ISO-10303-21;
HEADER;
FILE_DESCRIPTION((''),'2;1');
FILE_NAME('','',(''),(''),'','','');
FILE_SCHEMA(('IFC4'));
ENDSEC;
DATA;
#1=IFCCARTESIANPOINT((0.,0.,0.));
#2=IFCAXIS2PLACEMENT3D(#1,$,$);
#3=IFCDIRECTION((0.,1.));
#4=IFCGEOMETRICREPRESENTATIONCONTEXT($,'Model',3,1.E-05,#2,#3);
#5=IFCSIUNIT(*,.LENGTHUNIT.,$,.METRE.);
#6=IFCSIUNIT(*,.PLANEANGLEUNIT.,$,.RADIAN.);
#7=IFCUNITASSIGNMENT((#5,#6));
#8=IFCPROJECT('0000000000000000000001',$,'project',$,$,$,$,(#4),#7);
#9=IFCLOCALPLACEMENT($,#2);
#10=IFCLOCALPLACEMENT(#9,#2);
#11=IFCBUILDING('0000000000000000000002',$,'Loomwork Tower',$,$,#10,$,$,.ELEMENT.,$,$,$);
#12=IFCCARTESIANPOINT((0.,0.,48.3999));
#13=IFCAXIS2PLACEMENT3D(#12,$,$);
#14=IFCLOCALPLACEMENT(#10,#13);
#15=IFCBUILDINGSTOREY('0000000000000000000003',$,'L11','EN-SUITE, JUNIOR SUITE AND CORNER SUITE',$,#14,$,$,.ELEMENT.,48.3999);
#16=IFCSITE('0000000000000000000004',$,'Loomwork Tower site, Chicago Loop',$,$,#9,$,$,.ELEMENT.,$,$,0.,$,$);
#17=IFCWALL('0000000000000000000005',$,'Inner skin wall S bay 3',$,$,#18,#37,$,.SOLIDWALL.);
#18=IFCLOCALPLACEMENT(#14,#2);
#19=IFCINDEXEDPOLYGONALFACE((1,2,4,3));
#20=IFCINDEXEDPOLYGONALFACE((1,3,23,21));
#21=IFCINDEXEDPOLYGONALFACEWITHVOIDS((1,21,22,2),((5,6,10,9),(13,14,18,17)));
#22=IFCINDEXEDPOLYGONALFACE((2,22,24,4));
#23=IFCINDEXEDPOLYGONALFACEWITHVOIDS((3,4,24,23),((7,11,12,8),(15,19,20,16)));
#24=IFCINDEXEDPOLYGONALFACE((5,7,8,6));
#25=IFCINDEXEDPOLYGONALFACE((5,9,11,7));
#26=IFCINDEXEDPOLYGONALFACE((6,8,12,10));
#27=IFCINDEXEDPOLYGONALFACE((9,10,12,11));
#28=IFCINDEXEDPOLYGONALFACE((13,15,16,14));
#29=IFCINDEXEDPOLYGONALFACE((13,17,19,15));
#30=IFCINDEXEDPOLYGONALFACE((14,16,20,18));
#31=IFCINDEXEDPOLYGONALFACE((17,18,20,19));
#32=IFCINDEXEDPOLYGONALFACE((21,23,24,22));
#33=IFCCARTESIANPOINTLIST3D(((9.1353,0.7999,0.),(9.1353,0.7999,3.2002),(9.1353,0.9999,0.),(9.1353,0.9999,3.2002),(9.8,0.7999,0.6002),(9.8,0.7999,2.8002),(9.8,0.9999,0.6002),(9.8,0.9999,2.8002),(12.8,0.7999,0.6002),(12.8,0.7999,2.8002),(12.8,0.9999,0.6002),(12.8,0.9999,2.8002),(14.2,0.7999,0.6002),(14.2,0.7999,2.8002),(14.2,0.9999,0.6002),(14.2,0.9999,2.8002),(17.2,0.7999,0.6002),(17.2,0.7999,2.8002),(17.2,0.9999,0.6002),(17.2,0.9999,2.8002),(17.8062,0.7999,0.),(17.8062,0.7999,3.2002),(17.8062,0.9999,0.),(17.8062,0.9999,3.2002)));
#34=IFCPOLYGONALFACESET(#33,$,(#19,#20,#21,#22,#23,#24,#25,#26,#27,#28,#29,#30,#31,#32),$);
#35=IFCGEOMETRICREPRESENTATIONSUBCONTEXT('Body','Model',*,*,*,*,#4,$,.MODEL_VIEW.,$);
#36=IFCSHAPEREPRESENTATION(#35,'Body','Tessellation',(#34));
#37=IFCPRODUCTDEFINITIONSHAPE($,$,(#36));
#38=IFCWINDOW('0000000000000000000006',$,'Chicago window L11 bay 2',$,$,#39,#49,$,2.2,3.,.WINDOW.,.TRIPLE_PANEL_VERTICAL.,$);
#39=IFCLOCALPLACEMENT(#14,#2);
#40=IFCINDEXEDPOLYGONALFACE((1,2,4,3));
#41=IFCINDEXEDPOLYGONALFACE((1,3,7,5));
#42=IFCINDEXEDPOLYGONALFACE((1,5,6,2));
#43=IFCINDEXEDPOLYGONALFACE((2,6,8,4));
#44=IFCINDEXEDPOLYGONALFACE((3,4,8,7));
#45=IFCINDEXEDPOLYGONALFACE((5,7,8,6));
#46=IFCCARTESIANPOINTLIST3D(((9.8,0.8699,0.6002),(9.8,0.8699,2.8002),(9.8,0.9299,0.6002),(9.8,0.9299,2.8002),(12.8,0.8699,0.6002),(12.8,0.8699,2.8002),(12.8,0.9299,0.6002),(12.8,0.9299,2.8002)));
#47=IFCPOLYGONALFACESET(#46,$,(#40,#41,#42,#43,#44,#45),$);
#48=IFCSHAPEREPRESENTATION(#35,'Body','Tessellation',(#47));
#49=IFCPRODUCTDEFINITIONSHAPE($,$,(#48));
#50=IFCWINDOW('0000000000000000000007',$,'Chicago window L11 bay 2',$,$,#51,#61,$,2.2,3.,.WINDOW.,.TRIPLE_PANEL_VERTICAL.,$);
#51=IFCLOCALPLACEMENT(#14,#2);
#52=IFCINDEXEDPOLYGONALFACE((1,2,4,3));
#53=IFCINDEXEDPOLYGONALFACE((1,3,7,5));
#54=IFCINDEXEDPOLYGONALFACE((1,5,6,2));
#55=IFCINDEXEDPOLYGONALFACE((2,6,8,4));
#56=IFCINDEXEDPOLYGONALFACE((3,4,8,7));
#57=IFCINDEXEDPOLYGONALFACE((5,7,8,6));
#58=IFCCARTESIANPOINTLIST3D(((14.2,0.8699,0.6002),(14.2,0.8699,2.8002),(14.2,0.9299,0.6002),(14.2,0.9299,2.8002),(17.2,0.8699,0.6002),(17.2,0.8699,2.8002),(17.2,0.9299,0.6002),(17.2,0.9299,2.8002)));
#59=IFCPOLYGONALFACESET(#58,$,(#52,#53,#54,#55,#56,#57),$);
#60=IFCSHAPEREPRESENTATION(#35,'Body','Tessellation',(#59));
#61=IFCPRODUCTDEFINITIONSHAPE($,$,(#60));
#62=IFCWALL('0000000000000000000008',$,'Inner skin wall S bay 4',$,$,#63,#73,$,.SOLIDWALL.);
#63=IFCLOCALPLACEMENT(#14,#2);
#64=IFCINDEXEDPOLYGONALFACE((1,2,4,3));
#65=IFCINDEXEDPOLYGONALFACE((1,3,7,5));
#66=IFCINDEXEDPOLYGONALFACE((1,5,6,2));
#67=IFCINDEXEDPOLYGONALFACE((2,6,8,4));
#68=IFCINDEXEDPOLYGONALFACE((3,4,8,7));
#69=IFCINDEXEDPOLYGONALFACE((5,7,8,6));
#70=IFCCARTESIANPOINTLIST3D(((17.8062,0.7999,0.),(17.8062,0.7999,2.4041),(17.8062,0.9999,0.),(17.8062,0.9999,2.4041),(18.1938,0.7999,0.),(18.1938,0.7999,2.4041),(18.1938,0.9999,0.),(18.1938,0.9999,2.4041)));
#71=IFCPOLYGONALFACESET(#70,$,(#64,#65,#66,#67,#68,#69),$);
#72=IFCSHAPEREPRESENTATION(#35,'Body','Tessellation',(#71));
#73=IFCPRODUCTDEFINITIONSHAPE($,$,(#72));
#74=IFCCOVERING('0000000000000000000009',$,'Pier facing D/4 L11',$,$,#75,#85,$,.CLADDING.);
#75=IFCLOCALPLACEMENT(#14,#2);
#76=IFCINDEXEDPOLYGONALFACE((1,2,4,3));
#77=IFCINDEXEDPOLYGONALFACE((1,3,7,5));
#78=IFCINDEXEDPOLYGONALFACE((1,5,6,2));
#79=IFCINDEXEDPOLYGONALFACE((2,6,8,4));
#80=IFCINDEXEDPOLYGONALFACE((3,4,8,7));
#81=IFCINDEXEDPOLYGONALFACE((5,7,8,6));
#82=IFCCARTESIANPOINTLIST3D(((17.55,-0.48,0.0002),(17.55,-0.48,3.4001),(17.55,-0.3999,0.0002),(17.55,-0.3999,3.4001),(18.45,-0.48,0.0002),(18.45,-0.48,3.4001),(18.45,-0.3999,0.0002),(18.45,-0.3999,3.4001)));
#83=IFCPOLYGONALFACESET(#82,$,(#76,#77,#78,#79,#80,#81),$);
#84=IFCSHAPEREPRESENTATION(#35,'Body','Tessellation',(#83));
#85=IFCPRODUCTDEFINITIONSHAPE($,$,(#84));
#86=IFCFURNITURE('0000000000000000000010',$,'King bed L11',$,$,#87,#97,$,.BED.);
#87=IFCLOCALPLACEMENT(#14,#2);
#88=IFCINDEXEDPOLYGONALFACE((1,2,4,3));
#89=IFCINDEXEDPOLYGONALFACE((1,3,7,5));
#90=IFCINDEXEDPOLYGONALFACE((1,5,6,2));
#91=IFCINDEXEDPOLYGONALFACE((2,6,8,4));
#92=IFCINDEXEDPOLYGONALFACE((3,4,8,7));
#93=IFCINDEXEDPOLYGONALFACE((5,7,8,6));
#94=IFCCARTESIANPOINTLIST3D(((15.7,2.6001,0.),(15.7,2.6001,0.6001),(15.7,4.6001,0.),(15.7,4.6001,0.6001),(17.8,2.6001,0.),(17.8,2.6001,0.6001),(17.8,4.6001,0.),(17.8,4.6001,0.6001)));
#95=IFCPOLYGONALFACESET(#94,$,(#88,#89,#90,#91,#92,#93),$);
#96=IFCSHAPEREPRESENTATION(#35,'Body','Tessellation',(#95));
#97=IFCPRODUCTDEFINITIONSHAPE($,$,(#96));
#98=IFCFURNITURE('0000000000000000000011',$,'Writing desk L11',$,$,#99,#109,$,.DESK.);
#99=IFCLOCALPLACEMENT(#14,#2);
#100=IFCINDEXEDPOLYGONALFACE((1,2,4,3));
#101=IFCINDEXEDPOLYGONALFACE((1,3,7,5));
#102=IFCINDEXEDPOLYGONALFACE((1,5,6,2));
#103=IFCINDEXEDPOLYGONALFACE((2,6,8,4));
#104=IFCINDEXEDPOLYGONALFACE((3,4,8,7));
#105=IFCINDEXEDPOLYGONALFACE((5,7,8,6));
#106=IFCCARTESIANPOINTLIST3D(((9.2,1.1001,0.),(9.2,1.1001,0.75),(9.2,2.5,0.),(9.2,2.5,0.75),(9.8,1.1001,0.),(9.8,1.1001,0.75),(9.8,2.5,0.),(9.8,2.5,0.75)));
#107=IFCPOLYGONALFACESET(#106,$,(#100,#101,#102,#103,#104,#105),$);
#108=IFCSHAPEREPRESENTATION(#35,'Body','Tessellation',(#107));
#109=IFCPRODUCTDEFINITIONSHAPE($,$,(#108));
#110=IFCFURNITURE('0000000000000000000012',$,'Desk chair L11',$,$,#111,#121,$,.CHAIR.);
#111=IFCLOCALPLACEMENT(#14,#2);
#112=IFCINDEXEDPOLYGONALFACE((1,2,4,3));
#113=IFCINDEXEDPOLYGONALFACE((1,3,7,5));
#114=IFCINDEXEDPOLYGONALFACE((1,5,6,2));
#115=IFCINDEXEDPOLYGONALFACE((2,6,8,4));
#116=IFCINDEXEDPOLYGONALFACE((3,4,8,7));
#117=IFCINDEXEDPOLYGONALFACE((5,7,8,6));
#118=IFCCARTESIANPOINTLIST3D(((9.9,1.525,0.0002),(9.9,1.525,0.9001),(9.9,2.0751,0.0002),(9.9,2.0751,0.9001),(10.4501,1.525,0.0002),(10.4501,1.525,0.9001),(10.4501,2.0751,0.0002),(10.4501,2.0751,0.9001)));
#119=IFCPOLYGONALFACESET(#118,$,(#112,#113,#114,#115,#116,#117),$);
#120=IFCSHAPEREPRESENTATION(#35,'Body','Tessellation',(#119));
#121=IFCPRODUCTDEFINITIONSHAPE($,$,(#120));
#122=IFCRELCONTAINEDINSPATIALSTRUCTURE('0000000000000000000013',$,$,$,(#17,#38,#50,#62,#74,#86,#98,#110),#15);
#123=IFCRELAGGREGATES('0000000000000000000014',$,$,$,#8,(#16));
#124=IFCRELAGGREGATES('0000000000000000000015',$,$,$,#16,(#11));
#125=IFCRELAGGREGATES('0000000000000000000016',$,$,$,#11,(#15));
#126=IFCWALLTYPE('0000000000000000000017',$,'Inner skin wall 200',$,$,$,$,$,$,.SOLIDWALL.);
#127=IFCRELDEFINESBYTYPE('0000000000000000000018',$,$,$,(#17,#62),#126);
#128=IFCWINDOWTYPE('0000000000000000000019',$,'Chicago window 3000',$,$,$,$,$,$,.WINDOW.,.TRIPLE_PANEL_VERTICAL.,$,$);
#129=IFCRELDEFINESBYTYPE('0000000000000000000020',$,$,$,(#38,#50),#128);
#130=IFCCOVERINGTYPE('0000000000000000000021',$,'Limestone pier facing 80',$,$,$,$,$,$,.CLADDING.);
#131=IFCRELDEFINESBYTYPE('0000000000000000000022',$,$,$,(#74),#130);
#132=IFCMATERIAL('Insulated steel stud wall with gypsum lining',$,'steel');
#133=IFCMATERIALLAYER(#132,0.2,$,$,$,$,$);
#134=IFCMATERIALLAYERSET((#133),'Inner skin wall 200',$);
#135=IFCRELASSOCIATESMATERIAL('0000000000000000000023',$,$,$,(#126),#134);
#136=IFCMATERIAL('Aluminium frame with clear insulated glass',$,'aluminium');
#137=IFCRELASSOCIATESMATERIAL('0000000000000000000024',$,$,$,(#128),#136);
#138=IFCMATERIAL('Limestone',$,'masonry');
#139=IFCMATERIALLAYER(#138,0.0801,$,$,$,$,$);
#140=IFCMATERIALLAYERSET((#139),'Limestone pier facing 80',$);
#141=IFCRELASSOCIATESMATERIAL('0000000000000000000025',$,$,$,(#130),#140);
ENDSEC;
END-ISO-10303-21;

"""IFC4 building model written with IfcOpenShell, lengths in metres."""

from ifc_helpers import new_model, si_unit, direction, frame, frame_2d, origin, origin_2d, place, context, subcontext, project, spatial, rectangle, extrude, material, layer, layer_set, type_object, element, fill, save


model = new_model("IFC4")

# Units and contexts
model_context = context("Model", 3, precision=1e-05, world=origin(), true_north=direction((0.0, 1.0)))
body_context = subcontext(model_context, "Body", "Model", "MODEL_VIEW")
ifc_project = project(units=[si_unit("LENGTHUNIT", "METRE"), si_unit("PLANEANGLEUNIT", "RADIAN")], contexts=[model_context])

# Site, building, storey
site_placement = place(None, origin())
site = spatial("IfcSite", under=ifc_project, at=site_placement, Name="Loomwork Tower site, Chicago Loop", CompositionType="ELEMENT", RefElevation=0.0)
building_placement = place(site_placement, origin())
building = spatial("IfcBuilding", under=site, at=building_placement, Name="Loomwork Tower", CompositionType="ELEMENT")
storey_placement = place(building_placement, frame((0.0, 0.0, 48.3999)))
storey = spatial("IfcBuildingStorey", under=building, at=storey_placement, Name="L11", Description="EN-SUITE, JUNIOR SUITE AND CORNER SUITE", CompositionType="ELEMENT", Elevation=48.3999)

# Wall, openings, windows
ifc_material_1 = material(Name="Insulated steel stud wall with gypsum lining", Category="steel")
ifc_layer_1 = layer(ifc_material_1, 0.2)
ifc_layer_set_1 = layer_set([ifc_layer_1], Name="Inner skin wall 200")
wall_type = type_object("IfcWallType", Name="Inner skin wall 200", PredefinedType="SOLIDWALL", material=ifc_layer_set_1)
wall_1_placement = place(storey_placement, frame((9.1353, 0.8999, 0.0), z_axis=(0.0, 0.0, 1.0), x_axis=(1.0, 0.0, 0.0)))
wall_1 = element("IfcWall", 1, at=wall_1_placement, inside=storey, type_object=wall_type, Name="Inner skin wall S bay 3", PredefinedType="SOLIDWALL", context=body_context, shape_type="SweptSolid", body=[
    extrude(rectangle(XDim=8.6709, YDim=0.2, at=frame_2d((4.3354, 0.0))), origin(), (0.0, 0.0, 1.0), 3.2002),
])
opening_1_placement = place(wall_1_placement, frame((0.6648, 0.0, 0.6001)))
opening_1 = element("IfcOpeningElement", 2, at=opening_1_placement, cuts=wall_1, PredefinedType="OPENING", context=body_context, shape_type="SweptSolid", body=[
    extrude(rectangle(XDim=3.0, YDim=2.2, at=frame_2d((1.5, 1.1001))), frame((0.0, 0.1099, 0.0), z_axis=(0.0, -1.0, 0.0), x_axis=(1.0, 0.0, 0.0)), (0.0, 0.0, 1.0), 0.22),
])
opening_2_placement = place(wall_1_placement, frame((5.0647, 0.0, 0.6001)))
opening_2 = element("IfcOpeningElement", 3, at=opening_2_placement, cuts=wall_1, PredefinedType="OPENING", context=body_context, shape_type="SweptSolid", body=[
    extrude(rectangle(XDim=3.0, YDim=2.2, at=frame_2d((1.5, 1.1001))), frame((0.0, 0.1099, 0.0), z_axis=(0.0, -1.0, 0.0), x_axis=(1.0, 0.0, 0.0)), (0.0, 0.0, 1.0), 0.22),
])
ifc_material_2 = material(Name="Aluminium frame with clear insulated glass", Category="aluminium")
window_type = type_object("IfcWindowType", Name="Chicago window 3000", PartitioningType="TRIPLE_PANEL_VERTICAL", PredefinedType="WINDOW", material=ifc_material_2)
window_1_placement = place(opening_1_placement, origin())
window_1 = element("IfcWindow", 4, at=window_1_placement, inside=storey, type_object=window_type, Name="Chicago window L11 bay 2", OverallHeight=2.2, OverallWidth=3.0, PartitioningType="TRIPLE_PANEL_VERTICAL", PredefinedType="WINDOW", context=body_context, shape_type="SweptSolid", body=[
    extrude(rectangle(XDim=3.0, YDim=2.2, at=frame_2d((1.5, 1.1001))), frame((0.0, 0.03, 0.0), z_axis=(0.0, -1.0, 0.0), x_axis=(1.0, 0.0, 0.0)), (0.0, 0.0, 1.0), 0.0601),
])
fill(opening_1, window_1)
window_2_placement = place(opening_2_placement, origin())
window_2 = element("IfcWindow", 5, at=window_2_placement, inside=storey, type_object=window_type, Name="Chicago window L11 bay 2", OverallHeight=2.2, OverallWidth=3.0, PartitioningType="TRIPLE_PANEL_VERTICAL", PredefinedType="WINDOW", context=body_context, shape_type="SweptSolid", body=[
    extrude(rectangle(XDim=3.0, YDim=2.2, at=frame_2d((1.5, 1.1001))), frame((0.0, 0.03, 0.0), z_axis=(0.0, -1.0, 0.0), x_axis=(1.0, 0.0, 0.0)), (0.0, 0.0, 1.0), 0.0601),
])
fill(opening_2, window_2)

# Wall
wall_2_placement = place(storey_placement, frame((17.8062, 0.8999, 0.0), z_axis=(0.0, 0.0, 1.0), x_axis=(1.0, 0.0, 0.0)))
element("IfcWall", 6, at=wall_2_placement, inside=storey, type_object=wall_type, Name="Inner skin wall S bay 4", PredefinedType="SOLIDWALL", context=body_context, shape_type="SweptSolid", body=[
    extrude(rectangle(XDim=0.3877, YDim=0.2, at=frame_2d((0.1938, 0.0))), origin(), (0.0, 0.0, 1.0), 2.4041),
])

# Covering
ifc_material_3 = material(Name="Limestone", Category="masonry")
ifc_layer_2 = layer(ifc_material_3, 0.0801)
ifc_layer_set_2 = layer_set([ifc_layer_2], Name="Limestone pier facing 80")
covering_type = type_object("IfcCoveringType", Name="Limestone pier facing 80", PredefinedType="CLADDING", material=ifc_layer_set_2)
covering_placement = place(storey_placement, frame((18.0, -0.4399, 0.0002), z_axis=(0.0, 0.0, 1.0), x_axis=(1.0, 0.0, 0.0)))
element("IfcCovering", 7, at=covering_placement, inside=storey, type_object=covering_type, Name="Pier facing D/4 L11", PredefinedType="CLADDING", context=body_context, shape_type="SweptSolid", body=[
    extrude(rectangle(XDim=0.8999, YDim=0.0801, at=origin_2d()), origin(), (0.0, 0.0, 1.0), 3.3999),
])

# Furniture
furniture_1_placement = place(storey_placement, frame((16.75, 3.6001, 0.0), z_axis=(0.0, 0.0, 1.0), x_axis=(1.0, 0.0, 0.0)))
element("IfcFurniture", 8, at=furniture_1_placement, inside=storey, Name="King bed L11", PredefinedType="BED", context=body_context, shape_type="SweptSolid", body=[
    extrude(rectangle(XDim=2.1001, YDim=2.0, at=origin_2d()), origin(), (0.0, 0.0, 1.0), 0.6001),
])
furniture_2_placement = place(storey_placement, frame((9.5, 1.8, 0.0), z_axis=(0.0, 0.0, 1.0), x_axis=(1.0, 0.0, 0.0)))
element("IfcFurniture", 9, at=furniture_2_placement, inside=storey, Name="Writing desk L11", PredefinedType="DESK", context=body_context, shape_type="SweptSolid", body=[
    extrude(rectangle(XDim=0.6001, YDim=1.3999, at=origin_2d()), origin(), (0.0, 0.0, 1.0), 0.75),
])
furniture_3_placement = place(storey_placement, frame((10.175, 1.8, 0.0002), z_axis=(0.0, 0.0, 1.0), x_axis=(1.0, 0.0, 0.0)))
element("IfcFurniture", 10, at=furniture_3_placement, inside=storey, Name="Desk chair L11", PredefinedType="CHAIR", context=body_context, shape_type="SweptSolid", body=[
    extrude(rectangle(XDim=0.55, YDim=0.55, at=origin_2d()), origin(), (0.0, 0.0, 1.0), 0.8999),
])

save(model, "model.ifc")
